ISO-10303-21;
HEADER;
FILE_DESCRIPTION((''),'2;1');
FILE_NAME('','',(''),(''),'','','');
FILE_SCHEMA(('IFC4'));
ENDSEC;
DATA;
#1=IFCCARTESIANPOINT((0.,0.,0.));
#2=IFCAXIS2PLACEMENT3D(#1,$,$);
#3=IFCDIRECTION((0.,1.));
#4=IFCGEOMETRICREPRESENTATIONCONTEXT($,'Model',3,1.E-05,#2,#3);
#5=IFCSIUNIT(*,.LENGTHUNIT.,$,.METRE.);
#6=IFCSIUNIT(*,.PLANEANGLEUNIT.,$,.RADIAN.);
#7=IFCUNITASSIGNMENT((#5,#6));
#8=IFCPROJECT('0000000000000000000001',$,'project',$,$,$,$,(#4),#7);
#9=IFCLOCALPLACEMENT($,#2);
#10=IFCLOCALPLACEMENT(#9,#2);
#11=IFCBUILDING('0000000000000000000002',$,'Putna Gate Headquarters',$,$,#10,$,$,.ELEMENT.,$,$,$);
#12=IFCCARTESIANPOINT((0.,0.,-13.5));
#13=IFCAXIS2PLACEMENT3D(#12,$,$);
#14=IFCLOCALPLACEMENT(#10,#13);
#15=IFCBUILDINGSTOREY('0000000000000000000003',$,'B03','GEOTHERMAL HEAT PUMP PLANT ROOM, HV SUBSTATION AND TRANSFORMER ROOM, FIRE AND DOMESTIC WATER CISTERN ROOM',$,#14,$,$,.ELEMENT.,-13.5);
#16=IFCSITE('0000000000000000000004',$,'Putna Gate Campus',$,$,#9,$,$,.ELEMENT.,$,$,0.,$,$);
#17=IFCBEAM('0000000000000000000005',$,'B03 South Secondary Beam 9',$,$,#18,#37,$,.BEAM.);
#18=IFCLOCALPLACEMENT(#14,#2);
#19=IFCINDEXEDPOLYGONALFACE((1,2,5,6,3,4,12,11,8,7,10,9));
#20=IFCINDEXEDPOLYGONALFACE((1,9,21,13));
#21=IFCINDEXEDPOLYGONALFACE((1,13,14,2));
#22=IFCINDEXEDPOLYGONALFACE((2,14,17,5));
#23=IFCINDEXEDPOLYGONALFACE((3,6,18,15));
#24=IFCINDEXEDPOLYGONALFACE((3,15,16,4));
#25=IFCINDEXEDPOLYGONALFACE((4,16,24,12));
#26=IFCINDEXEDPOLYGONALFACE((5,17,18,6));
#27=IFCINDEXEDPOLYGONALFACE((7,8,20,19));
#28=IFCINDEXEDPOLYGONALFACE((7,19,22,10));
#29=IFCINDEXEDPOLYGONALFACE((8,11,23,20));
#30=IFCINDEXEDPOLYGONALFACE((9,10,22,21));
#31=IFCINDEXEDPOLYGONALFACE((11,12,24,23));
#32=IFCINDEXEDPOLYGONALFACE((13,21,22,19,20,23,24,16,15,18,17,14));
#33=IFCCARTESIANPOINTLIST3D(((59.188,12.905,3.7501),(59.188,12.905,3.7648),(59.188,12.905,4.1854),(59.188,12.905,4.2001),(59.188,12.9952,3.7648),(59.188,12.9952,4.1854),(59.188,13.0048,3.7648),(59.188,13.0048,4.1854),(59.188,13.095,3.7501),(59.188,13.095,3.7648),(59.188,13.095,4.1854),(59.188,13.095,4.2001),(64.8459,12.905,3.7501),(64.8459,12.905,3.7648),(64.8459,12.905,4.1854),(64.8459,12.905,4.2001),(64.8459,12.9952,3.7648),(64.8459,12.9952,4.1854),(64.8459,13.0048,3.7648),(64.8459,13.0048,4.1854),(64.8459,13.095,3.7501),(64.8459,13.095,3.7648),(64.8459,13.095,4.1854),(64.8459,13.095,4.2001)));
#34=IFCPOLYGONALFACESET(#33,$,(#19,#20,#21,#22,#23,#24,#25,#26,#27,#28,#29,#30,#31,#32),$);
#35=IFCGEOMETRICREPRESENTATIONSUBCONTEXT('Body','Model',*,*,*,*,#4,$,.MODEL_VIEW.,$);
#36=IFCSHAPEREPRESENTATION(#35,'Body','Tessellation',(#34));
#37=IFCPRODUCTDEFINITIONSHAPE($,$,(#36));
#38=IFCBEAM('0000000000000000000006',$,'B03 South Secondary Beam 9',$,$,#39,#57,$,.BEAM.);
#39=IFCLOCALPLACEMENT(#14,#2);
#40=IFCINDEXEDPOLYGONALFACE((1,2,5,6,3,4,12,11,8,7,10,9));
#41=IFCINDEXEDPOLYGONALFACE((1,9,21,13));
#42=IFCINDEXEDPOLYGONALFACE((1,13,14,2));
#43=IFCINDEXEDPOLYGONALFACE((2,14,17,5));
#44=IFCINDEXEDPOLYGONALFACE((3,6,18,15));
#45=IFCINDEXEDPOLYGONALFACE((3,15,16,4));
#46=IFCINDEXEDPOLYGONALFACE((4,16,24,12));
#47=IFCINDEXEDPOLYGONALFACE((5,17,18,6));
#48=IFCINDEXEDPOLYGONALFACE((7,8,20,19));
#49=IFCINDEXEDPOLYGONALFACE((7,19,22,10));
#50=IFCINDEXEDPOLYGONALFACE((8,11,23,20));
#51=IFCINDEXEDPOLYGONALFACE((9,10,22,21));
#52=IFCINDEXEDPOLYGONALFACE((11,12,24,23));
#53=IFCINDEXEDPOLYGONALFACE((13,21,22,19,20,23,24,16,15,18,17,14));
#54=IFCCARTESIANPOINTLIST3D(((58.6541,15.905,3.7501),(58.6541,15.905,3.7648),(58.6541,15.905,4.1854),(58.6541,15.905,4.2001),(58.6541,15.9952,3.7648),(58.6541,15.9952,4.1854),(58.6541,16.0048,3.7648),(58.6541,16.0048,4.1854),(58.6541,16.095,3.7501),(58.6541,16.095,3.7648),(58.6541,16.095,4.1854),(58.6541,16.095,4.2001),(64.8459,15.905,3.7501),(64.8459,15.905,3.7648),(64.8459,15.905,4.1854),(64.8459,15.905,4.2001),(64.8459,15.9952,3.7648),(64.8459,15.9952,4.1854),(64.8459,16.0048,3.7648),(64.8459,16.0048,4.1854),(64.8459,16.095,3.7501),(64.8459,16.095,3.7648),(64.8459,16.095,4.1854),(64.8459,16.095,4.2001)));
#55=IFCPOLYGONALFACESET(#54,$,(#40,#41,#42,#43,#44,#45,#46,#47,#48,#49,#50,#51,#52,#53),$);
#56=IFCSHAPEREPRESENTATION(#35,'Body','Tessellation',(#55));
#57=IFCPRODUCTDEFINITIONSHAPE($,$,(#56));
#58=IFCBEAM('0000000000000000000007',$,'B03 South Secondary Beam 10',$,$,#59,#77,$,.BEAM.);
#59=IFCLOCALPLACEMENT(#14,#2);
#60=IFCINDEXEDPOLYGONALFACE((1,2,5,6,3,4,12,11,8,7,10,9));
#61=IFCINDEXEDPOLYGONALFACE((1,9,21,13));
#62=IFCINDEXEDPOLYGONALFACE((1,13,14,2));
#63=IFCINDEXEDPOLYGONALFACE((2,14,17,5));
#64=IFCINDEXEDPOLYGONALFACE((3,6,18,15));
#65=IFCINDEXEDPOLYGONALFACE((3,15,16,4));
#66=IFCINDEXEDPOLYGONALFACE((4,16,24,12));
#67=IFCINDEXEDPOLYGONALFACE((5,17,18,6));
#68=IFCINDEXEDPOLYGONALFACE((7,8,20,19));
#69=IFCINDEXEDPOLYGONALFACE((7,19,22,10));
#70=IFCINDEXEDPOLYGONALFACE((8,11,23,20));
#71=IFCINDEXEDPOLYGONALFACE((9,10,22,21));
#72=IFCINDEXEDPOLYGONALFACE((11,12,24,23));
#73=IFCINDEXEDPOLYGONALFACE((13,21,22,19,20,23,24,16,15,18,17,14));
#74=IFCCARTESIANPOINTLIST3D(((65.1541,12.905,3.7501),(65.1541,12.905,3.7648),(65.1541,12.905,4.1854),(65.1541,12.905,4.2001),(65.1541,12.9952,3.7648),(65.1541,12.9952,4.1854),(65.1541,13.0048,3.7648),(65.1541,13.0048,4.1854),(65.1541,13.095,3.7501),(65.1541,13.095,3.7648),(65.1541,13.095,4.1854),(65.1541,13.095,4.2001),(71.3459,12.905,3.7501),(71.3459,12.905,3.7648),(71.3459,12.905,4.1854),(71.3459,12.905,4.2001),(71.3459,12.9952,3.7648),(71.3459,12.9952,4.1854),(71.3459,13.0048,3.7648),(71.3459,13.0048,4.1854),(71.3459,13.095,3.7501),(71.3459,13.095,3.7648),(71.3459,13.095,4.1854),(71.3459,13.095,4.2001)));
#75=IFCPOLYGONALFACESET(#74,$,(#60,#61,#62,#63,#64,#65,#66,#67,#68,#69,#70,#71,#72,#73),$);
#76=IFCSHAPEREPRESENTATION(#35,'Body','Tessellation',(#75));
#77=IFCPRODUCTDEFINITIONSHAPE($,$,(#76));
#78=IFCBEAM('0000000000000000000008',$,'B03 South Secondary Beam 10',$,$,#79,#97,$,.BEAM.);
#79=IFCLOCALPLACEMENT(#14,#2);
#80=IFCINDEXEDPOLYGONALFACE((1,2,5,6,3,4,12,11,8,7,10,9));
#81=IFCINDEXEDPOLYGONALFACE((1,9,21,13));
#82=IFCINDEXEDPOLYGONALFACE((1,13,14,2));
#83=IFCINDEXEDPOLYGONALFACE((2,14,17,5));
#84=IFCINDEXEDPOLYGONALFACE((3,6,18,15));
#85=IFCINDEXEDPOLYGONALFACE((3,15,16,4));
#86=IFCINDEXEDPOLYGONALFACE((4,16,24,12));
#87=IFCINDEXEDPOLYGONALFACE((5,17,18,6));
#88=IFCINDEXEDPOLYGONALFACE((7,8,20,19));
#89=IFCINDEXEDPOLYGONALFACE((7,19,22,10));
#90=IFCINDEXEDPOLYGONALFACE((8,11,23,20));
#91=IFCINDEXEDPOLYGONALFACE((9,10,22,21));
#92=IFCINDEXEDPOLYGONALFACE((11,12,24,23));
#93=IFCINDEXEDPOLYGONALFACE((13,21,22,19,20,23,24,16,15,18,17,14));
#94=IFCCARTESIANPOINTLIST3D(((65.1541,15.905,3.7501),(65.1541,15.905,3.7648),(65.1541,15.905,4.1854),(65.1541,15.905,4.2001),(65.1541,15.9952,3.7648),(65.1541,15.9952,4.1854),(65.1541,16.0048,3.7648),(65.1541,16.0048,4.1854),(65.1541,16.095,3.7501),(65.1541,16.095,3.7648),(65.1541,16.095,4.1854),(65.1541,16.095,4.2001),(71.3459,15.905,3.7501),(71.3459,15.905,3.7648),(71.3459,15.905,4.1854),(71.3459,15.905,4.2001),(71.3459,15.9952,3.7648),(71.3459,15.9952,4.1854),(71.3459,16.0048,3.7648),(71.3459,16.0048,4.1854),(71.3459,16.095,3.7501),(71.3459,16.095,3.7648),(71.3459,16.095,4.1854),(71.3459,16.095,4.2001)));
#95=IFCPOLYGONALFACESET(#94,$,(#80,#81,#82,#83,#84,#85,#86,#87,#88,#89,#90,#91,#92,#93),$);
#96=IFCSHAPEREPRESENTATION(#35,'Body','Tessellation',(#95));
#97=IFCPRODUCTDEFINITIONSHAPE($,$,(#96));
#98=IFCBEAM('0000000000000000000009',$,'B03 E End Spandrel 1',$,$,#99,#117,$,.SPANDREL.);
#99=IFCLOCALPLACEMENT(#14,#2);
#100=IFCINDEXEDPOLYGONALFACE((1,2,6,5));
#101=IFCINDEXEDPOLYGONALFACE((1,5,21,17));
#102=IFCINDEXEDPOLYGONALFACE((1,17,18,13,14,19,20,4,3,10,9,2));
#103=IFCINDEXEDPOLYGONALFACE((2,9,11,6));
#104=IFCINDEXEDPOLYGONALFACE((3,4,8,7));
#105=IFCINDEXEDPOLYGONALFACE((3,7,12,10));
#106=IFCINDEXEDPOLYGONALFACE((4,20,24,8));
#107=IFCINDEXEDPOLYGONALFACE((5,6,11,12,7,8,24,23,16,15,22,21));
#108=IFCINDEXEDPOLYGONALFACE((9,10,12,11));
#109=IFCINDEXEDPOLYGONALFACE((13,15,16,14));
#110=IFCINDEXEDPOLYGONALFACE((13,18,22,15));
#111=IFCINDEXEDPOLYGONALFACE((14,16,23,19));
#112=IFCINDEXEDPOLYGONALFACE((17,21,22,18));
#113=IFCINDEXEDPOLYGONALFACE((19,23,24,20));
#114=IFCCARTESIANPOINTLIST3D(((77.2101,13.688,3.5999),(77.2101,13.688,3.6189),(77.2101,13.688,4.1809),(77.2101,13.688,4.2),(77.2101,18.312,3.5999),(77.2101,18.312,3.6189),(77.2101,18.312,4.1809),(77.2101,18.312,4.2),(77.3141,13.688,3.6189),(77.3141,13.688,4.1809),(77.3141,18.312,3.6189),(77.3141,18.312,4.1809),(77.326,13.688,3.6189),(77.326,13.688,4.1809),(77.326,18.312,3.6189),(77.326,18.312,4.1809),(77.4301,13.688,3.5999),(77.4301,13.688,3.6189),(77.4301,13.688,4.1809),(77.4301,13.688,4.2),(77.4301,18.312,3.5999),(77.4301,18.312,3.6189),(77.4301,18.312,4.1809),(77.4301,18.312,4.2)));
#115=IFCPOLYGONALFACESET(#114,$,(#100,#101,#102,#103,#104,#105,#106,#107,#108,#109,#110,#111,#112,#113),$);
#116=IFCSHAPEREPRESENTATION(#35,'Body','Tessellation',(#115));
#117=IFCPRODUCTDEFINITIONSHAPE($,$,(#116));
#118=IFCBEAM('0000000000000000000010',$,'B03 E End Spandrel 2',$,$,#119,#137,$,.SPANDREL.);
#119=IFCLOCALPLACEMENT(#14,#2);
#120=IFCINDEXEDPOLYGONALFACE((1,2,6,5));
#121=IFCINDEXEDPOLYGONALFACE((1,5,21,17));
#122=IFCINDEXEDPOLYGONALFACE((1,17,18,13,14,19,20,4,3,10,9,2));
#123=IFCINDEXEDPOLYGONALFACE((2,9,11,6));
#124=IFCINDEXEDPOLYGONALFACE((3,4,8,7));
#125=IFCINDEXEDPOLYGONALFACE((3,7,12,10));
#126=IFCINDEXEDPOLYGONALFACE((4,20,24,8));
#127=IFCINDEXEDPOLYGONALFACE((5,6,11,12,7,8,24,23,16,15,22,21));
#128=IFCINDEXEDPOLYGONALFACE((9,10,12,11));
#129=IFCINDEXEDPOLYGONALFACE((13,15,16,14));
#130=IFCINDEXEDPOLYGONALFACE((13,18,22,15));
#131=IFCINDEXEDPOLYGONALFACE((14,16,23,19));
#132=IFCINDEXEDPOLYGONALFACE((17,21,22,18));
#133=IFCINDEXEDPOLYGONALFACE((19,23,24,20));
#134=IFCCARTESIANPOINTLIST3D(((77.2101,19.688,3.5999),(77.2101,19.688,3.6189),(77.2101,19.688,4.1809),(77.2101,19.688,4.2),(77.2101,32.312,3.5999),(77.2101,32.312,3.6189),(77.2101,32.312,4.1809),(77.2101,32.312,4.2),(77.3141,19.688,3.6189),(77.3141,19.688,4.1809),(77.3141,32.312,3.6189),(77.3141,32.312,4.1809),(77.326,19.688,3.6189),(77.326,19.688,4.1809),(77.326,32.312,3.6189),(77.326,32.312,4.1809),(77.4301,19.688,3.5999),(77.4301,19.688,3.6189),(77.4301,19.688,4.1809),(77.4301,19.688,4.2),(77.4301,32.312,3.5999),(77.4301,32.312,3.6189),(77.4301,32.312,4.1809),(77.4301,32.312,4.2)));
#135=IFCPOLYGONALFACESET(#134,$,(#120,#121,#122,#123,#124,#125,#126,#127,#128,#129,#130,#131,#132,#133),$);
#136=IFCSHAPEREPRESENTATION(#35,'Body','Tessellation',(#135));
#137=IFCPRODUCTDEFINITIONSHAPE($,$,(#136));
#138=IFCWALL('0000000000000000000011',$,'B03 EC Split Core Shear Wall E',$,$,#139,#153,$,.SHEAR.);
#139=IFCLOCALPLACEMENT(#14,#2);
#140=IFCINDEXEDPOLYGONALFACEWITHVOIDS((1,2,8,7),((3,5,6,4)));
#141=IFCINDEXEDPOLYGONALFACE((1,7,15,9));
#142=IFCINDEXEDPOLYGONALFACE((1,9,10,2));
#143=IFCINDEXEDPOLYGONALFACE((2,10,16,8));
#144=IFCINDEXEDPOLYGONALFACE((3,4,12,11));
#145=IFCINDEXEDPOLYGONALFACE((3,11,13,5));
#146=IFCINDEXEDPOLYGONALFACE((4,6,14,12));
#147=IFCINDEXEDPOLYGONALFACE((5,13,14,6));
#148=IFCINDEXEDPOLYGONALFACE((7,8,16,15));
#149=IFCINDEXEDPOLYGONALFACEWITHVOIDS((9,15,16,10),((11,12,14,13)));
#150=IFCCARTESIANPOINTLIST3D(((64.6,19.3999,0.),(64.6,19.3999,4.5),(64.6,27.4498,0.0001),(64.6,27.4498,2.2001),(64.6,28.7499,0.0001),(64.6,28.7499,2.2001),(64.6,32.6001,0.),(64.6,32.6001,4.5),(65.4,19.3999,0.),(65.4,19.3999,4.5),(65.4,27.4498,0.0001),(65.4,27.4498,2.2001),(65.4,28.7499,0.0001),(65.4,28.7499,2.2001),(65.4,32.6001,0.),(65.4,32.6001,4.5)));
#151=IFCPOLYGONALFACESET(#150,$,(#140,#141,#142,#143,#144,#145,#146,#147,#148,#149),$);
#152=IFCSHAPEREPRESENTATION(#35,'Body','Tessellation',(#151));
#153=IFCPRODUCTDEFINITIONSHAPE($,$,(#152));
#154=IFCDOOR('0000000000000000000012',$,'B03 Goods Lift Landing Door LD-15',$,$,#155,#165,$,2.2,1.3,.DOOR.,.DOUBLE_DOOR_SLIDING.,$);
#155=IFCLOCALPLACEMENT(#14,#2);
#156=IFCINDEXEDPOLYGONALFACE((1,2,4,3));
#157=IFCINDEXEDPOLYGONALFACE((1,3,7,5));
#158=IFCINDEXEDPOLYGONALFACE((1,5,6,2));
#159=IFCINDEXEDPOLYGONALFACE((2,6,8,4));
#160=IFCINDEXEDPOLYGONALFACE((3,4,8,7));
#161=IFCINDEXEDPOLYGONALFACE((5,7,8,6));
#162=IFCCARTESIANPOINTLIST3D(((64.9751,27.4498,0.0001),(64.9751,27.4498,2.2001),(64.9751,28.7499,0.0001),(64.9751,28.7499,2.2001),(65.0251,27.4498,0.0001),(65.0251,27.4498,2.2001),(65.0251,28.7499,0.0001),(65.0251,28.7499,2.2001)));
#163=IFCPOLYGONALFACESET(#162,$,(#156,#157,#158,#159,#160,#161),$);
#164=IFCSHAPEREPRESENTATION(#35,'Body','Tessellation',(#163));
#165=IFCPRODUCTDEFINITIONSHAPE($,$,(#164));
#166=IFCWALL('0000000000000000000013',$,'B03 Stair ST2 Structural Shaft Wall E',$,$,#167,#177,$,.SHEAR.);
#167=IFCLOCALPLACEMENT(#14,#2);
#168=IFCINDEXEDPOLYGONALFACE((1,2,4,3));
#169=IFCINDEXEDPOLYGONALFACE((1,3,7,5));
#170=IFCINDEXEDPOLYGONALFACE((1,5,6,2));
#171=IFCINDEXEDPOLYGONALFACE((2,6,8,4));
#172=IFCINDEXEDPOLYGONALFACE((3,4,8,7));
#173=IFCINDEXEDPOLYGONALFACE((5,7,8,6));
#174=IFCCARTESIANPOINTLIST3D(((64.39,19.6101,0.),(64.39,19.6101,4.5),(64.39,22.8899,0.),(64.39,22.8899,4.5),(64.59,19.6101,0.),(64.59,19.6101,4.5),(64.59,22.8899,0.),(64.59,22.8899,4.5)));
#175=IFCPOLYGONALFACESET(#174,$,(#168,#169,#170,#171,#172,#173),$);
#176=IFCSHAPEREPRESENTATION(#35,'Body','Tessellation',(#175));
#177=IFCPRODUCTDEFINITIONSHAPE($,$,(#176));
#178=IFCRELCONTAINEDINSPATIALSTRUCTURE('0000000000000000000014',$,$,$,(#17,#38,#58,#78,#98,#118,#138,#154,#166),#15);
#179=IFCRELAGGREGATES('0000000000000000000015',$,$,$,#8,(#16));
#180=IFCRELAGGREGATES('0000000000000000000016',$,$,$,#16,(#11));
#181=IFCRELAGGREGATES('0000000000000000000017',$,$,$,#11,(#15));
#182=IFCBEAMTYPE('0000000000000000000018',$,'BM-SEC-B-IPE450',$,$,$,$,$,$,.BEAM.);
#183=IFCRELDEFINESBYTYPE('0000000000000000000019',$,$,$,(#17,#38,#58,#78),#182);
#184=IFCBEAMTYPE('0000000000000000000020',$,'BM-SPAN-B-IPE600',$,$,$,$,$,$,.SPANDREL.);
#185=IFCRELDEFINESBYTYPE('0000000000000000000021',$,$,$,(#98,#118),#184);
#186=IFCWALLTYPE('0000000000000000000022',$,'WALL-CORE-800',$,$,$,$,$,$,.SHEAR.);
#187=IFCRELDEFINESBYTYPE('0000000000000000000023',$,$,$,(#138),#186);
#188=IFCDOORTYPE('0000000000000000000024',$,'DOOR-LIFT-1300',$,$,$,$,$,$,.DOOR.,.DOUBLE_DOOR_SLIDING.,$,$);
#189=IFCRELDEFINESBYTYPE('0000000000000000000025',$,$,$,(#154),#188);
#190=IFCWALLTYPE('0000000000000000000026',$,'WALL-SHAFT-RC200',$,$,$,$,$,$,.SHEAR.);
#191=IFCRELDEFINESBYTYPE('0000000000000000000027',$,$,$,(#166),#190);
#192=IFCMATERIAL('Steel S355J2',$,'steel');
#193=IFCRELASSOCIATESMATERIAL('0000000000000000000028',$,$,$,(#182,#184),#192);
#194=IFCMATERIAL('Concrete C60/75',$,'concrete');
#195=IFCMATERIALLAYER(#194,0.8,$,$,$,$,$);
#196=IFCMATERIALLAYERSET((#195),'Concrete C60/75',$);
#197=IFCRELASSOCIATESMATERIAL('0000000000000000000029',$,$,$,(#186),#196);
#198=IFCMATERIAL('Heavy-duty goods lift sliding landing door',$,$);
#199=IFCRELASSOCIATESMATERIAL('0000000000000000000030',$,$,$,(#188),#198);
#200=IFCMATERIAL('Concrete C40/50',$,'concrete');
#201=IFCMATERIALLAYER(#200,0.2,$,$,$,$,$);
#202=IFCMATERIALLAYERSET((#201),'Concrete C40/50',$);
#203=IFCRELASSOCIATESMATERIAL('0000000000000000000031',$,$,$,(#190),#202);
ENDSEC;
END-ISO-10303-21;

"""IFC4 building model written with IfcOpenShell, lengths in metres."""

from ifc_helpers import new_model, si_unit, direction, frame, frame_2d, origin, origin_2d, place, context, subcontext, project, spatial, rectangle, i_section, extrude, material, layer, layer_set, material_profile, profile_set, type_object, element, fill, save


model = new_model("IFC4")

# Units and contexts
model_context = context("Model", 3, precision=1e-05, world=origin(), true_north=direction((0.0, 1.0)))
body_context = subcontext(model_context, "Body", "Model", "MODEL_VIEW")
ifc_project = project(units=[si_unit("LENGTHUNIT", "METRE"), si_unit("PLANEANGLEUNIT", "RADIAN")], contexts=[model_context])

# Site, building, storey
site_placement = place(None, origin())
site = spatial("IfcSite", under=ifc_project, at=site_placement, Name="Putna Gate Campus", CompositionType="ELEMENT", RefElevation=0.0)
building_placement = place(site_placement, origin())
building = spatial("IfcBuilding", under=site, at=building_placement, Name="Putna Gate Headquarters", CompositionType="ELEMENT")
storey_placement = place(building_placement, frame((0.0, 0.0, -13.5)))
storey = spatial("IfcBuildingStorey", under=building, at=storey_placement, Name="B03", Description="GEOTHERMAL HEAT PUMP PLANT ROOM, HV SUBSTATION AND TRANSFORMER ROOM, FIRE AND DOMESTIC WATER CISTERN ROOM", CompositionType="ELEMENT", Elevation=-13.5)

# Shared definitions
ifc_material_1 = material(Name="Concrete C40/50", Category="concrete")

# Shared definitions
ifc_material_2 = material(Name="Concrete C60/75", Category="concrete")

# Beams
ifc_material_3 = material(Name="Steel S355J2", Category="steel")
ifc_material_profile_1 = material_profile(ifc_material_3, i_section(OverallWidth=0.1899, OverallDepth=0.45, WebThickness=0.0095, FlangeThickness=0.0146, at=origin_2d()), Name="Steel S355J2")
ifc_profile_set_1 = profile_set([ifc_material_profile_1], Name="Steel S355J2")
beam_type_1 = type_object("IfcBeamType", Name="BM-SEC-B-IPE450", PredefinedType="BEAM", material=ifc_profile_set_1)
beam_1_placement = place(storey_placement, frame((59.188, 13.0, 3.9751), z_axis=(1.0, 0.0, 0.0), x_axis=(0.0, 1.0, 0.0)))
element("IfcBeam", 1, at=beam_1_placement, inside=storey, type_object=beam_type_1, Name="B03 South Secondary Beam 9", PredefinedType="BEAM", context=body_context, shape_type="SweptSolid", body=[
    extrude(i_section(OverallWidth=0.1899, OverallDepth=0.45, WebThickness=0.0095, FlangeThickness=0.0146, at=origin_2d()), origin(), (0.0, 0.0, 1.0), 5.658),
])
for number, where, z_axis, x_axis, name in (
    (2, (58.6541, 16.0, 3.9751), (1.0, 0.0, 0.0), (0.0, 1.0, 0.0), "B03 South Secondary Beam 9"),
    (3, (65.1541, 13.0, 3.9751), (1.0, 0.0, 0.0), (0.0, 1.0, 0.0), "B03 South Secondary Beam 10"),
    (4, (65.1541, 16.0, 3.9751), (1.0, 0.0, 0.0), (0.0, 1.0, 0.0), "B03 South Secondary Beam 10"),
):
    element("IfcBeam", number, at=place(storey_placement, frame(where, z_axis=z_axis, x_axis=x_axis)), inside=storey, type_object=beam_type_1, Name=name, PredefinedType="BEAM", context=body_context, shape_type="SweptSolid", body=[
        extrude(i_section(OverallWidth=0.1899, OverallDepth=0.45, WebThickness=0.0095, FlangeThickness=0.0146, at=origin_2d()), origin(), (0.0, 0.0, 1.0), 6.1919),
    ])
ifc_material_profile_2 = material_profile(ifc_material_3, i_section(OverallWidth=0.22, OverallDepth=0.6001, WebThickness=0.012, FlangeThickness=0.019, at=origin_2d()), Name="Steel S355J2")
ifc_profile_set_2 = profile_set([ifc_material_profile_2], Name="Steel S355J2")
beam_type_2 = type_object("IfcBeamType", Name="BM-SPAN-B-IPE600", PredefinedType="SPANDREL", material=ifc_profile_set_2)
beam_2_placement = place(storey_placement, frame((77.3201, 13.688, 3.8999), z_axis=(0.0, 1.0, 0.0), x_axis=(-1.0, 0.0, 0.0)))
element("IfcBeam", 5, at=beam_2_placement, inside=storey, type_object=beam_type_2, Name="B03 E End Spandrel 1", PredefinedType="SPANDREL", context=body_context, shape_type="SweptSolid", body=[
    extrude(i_section(OverallWidth=0.22, OverallDepth=0.6001, WebThickness=0.012, FlangeThickness=0.019, at=origin_2d()), origin(), (0.0, 0.0, 1.0), 4.624),
])
beam_3_placement = place(storey_placement, frame((77.3201, 19.688, 3.8999), z_axis=(0.0, 1.0, 0.0), x_axis=(-1.0, 0.0, 0.0)))
element("IfcBeam", 6, at=beam_3_placement, inside=storey, type_object=beam_type_2, Name="B03 E End Spandrel 2", PredefinedType="SPANDREL", context=body_context, shape_type="SweptSolid", body=[
    extrude(i_section(OverallWidth=0.22, OverallDepth=0.6001, WebThickness=0.012, FlangeThickness=0.019, at=origin_2d()), origin(), (0.0, 0.0, 1.0), 12.624),
])

# Wall, opening, door
ifc_layer_1 = layer(ifc_material_2, 0.8)
ifc_layer_set_1 = layer_set([ifc_layer_1], Name="Concrete C60/75")
wall_type_1 = type_object("IfcWallType", Name="WALL-CORE-800", PredefinedType="SHEAR", material=ifc_layer_set_1)
wall_1_placement = place(storey_placement, frame((65.0, 19.3999, 0.0), z_axis=(0.0, 0.0, 1.0), x_axis=(0.0, 1.0, 0.0)))
wall_1 = element("IfcWall", 7, at=wall_1_placement, inside=storey, type_object=wall_type_1, Name="B03 EC Split Core Shear Wall E", PredefinedType="SHEAR", context=body_context, shape_type="SweptSolid", body=[
    extrude(rectangle(XDim=13.2002, YDim=0.8, at=frame_2d((6.6001, 0.0))), origin(), (0.0, 0.0, 1.0), 4.5),
])
opening_placement = place(wall_1_placement, frame((8.05, 0.0, 0.0)))
opening = element("IfcOpeningElement", 8, at=opening_placement, cuts=wall_1, PredefinedType="OPENING", context=body_context, shape_type="SweptSolid", body=[
    extrude(rectangle(XDim=1.3, YDim=2.2, at=frame_2d((0.6499, 1.1001))), frame((0.0, 0.4099, 0.0), z_axis=(0.0, -1.0, 0.0), x_axis=(1.0, 0.0, 0.0)), (0.0, 0.0, 1.0), 0.8201),
])
ifc_material_4 = material(Name="Heavy-duty goods lift sliding landing door")
door_type = type_object("IfcDoorType", Name="DOOR-LIFT-1300", OperationType="DOUBLE_DOOR_SLIDING", PredefinedType="DOOR", material=ifc_material_4)
door_placement = place(opening_placement, origin())
door = element("IfcDoor", 9, at=door_placement, inside=storey, type_object=door_type, Name="B03 Goods Lift Landing Door LD-15", OperationType="DOUBLE_DOOR_SLIDING", OverallHeight=2.2, OverallWidth=1.3, PredefinedType="DOOR", context=body_context, shape_type="SweptSolid", body=[
    extrude(rectangle(XDim=1.3, YDim=2.2, at=frame_2d((0.6499, 1.1001))), frame((0.0, 0.0249, 0.0), z_axis=(0.0, -1.0, 0.0), x_axis=(1.0, 0.0, 0.0)), (0.0, 0.0, 1.0), 0.05),
])
fill(opening, door)

# Wall
ifc_layer_2 = layer(ifc_material_1, 0.2)
ifc_layer_set_2 = layer_set([ifc_layer_2], Name="Concrete C40/50")
wall_type_2 = type_object("IfcWallType", Name="WALL-SHAFT-RC200", PredefinedType="SHEAR", material=ifc_layer_set_2)
wall_2_placement = place(storey_placement, frame((64.49, 19.6101, 0.0), z_axis=(0.0, 0.0, 1.0), x_axis=(0.0, 1.0, 0.0)))
element("IfcWall", 10, at=wall_2_placement, inside=storey, type_object=wall_type_2, Name="B03 Stair ST2 Structural Shaft Wall E", PredefinedType="SHEAR", context=body_context, shape_type="SweptSolid", body=[
    extrude(rectangle(XDim=3.2798, YDim=0.2, at=frame_2d((1.6399, 0.0))), origin(), (0.0, 0.0, 1.0), 4.5),
])

save(model, "model.ifc")
